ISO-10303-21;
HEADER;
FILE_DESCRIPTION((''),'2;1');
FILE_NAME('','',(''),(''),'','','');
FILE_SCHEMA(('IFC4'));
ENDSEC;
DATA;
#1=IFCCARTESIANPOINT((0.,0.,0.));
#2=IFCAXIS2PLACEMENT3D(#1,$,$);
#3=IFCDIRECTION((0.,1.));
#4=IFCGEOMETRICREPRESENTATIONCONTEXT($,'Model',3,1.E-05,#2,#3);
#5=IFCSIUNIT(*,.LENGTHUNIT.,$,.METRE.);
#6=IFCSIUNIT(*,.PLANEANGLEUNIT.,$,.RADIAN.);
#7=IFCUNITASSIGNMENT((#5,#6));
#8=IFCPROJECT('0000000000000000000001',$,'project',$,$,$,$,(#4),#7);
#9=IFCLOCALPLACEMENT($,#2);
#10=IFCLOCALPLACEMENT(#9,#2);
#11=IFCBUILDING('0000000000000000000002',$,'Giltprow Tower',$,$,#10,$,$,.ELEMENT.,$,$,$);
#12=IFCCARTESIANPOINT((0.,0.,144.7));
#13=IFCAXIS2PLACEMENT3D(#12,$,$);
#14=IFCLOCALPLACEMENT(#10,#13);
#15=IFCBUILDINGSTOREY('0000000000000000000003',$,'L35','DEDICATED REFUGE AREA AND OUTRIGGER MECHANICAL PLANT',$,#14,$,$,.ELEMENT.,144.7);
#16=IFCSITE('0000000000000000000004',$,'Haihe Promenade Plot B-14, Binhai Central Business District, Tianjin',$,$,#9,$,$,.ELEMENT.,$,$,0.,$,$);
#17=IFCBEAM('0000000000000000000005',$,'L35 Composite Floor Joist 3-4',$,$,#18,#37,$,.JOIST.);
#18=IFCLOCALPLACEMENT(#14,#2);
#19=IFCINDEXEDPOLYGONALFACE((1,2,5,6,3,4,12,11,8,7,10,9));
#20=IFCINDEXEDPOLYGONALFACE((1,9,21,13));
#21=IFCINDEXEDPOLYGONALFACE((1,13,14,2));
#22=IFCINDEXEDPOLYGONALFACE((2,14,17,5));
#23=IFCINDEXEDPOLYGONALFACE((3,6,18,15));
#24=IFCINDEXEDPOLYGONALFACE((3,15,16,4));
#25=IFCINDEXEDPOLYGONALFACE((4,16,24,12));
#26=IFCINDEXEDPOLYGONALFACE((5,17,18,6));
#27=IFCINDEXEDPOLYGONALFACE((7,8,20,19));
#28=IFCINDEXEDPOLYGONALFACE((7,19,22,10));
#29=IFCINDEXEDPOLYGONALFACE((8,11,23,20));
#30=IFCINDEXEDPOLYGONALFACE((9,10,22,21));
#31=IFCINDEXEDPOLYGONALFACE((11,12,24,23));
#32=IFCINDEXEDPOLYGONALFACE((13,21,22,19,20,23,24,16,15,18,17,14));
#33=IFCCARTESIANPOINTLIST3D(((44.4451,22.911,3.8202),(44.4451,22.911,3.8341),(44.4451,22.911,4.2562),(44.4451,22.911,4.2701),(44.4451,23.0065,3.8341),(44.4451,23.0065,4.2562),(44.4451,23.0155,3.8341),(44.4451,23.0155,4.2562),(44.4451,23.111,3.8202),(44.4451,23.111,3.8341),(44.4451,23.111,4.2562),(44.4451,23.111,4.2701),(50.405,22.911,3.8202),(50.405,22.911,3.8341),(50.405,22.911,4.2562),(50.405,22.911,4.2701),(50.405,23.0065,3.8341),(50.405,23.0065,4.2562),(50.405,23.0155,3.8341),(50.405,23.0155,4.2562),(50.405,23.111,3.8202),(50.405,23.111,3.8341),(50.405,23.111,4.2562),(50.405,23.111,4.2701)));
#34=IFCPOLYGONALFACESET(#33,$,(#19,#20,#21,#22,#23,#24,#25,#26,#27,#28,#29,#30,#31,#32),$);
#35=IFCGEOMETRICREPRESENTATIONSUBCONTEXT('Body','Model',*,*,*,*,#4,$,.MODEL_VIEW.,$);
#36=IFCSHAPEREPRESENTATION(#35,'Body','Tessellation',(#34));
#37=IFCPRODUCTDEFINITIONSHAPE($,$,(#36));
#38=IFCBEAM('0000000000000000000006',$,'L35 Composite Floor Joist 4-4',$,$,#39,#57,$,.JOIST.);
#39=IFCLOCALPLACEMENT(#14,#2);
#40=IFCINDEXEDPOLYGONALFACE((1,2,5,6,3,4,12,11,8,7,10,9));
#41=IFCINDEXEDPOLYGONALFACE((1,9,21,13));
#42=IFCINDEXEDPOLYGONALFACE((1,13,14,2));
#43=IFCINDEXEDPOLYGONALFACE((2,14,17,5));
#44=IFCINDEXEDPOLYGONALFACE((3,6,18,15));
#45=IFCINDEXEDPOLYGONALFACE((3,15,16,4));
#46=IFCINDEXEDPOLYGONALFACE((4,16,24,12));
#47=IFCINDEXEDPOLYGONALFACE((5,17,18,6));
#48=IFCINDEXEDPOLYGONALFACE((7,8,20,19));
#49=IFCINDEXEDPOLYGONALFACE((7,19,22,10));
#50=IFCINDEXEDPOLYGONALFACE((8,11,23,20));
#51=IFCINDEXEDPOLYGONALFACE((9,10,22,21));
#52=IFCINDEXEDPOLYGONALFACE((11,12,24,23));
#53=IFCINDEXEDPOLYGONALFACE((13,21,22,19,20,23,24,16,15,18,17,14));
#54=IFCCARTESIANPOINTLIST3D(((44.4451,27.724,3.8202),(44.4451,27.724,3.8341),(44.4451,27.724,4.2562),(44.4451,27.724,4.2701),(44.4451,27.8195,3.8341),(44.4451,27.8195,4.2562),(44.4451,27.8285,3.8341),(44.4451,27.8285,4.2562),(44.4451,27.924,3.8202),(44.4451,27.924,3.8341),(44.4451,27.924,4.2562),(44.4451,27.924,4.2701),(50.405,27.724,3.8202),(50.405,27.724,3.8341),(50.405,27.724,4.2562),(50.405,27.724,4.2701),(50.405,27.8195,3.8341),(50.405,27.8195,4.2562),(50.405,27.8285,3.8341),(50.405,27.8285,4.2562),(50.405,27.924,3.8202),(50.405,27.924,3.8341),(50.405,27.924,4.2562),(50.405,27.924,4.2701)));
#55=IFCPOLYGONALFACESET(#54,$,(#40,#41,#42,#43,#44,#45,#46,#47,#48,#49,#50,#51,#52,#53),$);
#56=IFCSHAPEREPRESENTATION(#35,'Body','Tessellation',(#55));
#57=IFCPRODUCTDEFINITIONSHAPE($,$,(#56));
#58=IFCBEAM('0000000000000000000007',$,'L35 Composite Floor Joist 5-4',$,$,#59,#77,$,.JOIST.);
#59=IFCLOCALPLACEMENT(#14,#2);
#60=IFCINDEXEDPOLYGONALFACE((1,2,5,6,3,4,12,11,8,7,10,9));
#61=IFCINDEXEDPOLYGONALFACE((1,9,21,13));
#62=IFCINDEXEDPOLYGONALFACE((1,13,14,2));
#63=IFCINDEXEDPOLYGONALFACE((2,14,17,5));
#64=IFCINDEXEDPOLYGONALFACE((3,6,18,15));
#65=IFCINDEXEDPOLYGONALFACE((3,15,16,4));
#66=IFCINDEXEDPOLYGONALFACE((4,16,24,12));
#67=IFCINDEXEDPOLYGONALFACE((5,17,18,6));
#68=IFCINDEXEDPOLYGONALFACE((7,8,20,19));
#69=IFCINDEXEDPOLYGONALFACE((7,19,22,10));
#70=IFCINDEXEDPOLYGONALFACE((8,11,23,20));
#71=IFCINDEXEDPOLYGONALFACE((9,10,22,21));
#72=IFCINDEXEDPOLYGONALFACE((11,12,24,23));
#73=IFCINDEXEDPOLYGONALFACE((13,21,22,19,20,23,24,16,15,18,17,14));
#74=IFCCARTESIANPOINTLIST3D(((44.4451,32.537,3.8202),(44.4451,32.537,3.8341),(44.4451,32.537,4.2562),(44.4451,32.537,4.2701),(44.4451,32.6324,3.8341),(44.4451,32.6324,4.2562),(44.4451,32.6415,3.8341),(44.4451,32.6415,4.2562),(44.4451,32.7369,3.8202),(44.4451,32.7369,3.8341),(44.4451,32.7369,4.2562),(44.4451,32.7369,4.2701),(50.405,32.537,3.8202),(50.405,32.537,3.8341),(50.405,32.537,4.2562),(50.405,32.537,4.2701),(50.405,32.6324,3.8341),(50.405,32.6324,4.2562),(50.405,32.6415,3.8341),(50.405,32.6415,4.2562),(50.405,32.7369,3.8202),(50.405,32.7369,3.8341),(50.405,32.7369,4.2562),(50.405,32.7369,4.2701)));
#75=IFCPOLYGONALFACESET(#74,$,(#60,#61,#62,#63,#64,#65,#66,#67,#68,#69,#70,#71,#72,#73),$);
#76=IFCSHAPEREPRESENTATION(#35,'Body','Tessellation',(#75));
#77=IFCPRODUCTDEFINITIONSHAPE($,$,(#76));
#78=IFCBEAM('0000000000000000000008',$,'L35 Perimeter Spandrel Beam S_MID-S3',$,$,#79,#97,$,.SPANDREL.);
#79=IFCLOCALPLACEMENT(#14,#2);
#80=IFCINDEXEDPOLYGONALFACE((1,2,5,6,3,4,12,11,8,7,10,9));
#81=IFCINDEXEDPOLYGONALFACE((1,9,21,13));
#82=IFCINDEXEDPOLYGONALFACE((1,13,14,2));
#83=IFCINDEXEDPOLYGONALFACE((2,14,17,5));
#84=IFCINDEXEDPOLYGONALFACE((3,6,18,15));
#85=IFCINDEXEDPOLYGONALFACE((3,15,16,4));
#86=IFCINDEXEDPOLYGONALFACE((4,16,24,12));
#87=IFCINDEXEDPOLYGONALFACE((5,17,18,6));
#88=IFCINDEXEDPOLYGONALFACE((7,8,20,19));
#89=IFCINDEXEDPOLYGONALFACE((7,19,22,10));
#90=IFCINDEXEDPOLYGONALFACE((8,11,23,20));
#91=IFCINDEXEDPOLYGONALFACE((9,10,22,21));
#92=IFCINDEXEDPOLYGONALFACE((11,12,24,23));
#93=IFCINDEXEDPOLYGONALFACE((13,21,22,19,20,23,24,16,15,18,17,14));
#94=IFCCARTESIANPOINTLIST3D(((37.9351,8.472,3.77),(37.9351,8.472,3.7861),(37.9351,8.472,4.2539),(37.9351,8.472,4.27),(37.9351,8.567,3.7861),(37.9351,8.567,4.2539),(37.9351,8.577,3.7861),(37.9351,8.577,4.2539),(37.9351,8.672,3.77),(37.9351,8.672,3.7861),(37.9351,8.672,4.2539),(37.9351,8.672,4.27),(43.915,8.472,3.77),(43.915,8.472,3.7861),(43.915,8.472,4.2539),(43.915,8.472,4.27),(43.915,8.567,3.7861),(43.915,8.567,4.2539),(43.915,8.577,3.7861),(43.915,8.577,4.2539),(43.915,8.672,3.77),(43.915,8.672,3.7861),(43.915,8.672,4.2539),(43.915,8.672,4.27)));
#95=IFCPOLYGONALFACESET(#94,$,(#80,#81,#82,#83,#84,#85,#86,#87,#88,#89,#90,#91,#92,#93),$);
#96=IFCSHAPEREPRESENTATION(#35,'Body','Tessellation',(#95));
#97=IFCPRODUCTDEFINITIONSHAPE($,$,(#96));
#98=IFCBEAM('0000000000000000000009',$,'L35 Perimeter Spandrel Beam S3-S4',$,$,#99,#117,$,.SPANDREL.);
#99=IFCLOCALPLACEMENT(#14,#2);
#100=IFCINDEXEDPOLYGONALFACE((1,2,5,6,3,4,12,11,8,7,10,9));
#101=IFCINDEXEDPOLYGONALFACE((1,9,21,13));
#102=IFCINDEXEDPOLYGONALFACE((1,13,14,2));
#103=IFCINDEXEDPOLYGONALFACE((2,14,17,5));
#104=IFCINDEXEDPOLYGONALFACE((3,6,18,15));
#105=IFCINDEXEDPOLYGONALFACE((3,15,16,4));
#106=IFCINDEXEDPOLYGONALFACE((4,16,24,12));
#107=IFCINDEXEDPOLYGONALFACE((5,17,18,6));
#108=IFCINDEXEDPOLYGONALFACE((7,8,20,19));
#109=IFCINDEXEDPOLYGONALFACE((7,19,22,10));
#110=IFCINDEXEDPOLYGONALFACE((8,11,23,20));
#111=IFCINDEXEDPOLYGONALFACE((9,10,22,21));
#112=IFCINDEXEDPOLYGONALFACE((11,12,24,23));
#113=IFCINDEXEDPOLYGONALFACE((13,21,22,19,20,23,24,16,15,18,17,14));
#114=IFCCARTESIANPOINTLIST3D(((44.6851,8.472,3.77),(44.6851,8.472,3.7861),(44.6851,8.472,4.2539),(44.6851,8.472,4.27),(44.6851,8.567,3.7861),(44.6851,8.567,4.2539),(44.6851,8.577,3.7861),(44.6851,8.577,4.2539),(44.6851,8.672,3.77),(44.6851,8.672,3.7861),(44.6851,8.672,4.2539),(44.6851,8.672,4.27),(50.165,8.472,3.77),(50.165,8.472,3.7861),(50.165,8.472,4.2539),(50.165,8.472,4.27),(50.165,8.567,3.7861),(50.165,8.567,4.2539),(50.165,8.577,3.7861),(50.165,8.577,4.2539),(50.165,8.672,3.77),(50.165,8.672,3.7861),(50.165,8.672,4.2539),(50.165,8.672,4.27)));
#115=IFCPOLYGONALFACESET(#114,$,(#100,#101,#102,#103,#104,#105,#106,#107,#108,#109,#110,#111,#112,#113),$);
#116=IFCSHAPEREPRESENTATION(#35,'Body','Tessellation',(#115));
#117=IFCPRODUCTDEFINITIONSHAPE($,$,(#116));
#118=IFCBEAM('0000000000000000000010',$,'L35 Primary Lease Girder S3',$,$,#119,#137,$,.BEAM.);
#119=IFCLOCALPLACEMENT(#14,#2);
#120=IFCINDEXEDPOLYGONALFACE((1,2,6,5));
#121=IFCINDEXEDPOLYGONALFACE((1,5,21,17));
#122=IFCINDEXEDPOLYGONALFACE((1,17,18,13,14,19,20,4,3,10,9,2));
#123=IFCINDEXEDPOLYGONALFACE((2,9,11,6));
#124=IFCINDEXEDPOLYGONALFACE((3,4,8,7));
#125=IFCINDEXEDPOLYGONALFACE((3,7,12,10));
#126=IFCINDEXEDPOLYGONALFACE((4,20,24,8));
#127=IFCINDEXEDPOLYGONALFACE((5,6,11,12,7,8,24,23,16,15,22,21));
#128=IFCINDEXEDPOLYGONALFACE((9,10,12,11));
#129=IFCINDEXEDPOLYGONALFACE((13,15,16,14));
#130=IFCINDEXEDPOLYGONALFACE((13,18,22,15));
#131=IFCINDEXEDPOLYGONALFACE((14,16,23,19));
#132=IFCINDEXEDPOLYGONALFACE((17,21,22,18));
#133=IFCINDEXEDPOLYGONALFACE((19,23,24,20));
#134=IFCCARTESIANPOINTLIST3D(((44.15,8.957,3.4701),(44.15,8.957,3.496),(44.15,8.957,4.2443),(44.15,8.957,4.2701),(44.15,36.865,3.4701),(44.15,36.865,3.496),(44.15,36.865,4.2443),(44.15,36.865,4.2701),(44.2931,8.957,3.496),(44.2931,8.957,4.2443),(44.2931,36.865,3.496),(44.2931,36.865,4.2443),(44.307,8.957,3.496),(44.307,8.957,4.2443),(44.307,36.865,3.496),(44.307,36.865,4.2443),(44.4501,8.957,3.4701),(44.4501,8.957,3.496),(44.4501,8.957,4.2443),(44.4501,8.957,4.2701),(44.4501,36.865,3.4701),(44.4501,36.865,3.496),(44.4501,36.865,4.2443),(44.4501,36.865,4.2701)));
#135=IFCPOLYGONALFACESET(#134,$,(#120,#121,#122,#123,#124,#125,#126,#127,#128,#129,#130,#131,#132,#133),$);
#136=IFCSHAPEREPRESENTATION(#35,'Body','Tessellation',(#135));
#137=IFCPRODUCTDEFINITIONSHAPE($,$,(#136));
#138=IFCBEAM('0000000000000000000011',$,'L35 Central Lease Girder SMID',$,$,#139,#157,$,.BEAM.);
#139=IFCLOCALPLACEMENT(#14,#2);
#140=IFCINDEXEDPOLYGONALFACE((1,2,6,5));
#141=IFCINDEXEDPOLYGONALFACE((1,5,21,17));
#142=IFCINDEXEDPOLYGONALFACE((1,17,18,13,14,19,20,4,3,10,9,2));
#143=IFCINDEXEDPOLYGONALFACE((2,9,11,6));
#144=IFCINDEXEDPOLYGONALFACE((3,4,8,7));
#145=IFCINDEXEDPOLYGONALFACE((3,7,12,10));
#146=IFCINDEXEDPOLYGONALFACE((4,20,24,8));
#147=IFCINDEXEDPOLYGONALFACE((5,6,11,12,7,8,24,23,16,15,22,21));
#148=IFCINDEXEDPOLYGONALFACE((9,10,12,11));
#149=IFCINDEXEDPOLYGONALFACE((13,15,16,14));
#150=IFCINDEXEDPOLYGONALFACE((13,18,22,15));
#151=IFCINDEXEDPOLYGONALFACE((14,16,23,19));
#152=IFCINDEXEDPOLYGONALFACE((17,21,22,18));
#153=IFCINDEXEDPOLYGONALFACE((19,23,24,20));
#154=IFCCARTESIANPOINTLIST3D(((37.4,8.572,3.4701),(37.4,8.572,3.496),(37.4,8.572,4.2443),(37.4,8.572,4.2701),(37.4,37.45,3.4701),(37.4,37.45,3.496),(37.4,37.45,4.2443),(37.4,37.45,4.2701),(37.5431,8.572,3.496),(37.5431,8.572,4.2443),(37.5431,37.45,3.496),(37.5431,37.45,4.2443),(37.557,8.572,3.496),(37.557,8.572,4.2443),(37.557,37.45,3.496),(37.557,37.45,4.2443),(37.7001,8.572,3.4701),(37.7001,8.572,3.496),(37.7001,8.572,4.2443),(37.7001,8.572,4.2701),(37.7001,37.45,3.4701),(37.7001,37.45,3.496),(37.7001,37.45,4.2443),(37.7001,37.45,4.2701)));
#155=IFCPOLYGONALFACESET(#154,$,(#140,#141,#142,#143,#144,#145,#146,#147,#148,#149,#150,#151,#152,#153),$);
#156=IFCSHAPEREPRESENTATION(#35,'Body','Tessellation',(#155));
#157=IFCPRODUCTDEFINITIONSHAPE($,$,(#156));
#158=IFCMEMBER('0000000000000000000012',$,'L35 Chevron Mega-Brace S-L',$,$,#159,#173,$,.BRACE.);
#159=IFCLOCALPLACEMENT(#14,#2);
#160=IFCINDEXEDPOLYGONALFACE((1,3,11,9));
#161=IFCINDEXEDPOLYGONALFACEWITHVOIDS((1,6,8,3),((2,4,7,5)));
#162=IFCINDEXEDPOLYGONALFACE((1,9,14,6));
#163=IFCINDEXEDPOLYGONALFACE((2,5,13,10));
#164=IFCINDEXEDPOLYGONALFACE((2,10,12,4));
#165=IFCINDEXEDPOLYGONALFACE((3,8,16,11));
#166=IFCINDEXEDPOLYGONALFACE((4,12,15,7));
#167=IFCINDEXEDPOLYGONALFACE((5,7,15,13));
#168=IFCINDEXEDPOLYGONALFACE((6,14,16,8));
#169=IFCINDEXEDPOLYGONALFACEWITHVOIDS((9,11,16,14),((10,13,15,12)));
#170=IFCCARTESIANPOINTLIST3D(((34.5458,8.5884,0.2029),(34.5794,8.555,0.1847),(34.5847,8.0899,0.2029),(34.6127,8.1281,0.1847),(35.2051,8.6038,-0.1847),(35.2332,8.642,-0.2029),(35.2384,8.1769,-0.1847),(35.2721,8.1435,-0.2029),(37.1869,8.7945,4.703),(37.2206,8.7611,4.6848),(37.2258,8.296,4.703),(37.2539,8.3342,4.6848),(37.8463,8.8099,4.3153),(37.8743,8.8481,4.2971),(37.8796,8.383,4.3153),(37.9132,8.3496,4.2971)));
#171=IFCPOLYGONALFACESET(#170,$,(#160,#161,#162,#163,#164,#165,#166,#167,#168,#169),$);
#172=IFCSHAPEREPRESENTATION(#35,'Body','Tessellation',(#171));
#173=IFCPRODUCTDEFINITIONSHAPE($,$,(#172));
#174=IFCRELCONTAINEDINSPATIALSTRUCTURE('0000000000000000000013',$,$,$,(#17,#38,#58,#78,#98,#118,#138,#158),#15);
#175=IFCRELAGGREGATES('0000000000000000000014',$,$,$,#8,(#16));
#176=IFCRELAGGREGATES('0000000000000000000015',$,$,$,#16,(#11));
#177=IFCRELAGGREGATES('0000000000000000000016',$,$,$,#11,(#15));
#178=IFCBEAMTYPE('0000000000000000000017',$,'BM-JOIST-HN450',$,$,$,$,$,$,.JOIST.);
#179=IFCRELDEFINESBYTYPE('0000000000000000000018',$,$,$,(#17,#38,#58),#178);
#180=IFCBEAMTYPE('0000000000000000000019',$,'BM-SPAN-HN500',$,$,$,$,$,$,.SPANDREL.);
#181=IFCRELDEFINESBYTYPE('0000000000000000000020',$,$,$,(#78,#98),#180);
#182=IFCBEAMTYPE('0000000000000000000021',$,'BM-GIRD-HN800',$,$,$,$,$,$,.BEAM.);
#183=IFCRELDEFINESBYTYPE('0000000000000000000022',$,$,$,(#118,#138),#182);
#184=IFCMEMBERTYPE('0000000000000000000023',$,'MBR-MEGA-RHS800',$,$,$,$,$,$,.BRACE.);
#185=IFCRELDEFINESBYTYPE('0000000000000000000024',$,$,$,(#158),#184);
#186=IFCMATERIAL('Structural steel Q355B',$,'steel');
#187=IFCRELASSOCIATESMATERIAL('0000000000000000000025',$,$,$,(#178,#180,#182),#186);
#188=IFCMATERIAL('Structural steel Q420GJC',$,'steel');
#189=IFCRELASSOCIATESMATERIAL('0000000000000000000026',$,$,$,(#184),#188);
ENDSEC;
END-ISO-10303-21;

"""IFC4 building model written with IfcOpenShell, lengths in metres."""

from ifc_helpers import new_model, si_unit, direction, frame, origin, origin_2d, place, context, subcontext, project, spatial, hollow_rectangle, i_section, extrude, source, transform, mapped, material, material_profile, profile_set, type_object, element, save


model = new_model("IFC4")

# Units and contexts
model_context = context("Model", 3, precision=1e-05, world=origin(), true_north=direction((0.0, 1.0)))
body_context = subcontext(model_context, "Body", "Model", "MODEL_VIEW")
ifc_project = project(units=[si_unit("LENGTHUNIT", "METRE"), si_unit("PLANEANGLEUNIT", "RADIAN")], contexts=[model_context])

# Site, building, storey
site_placement = place(None, origin())
site = spatial("IfcSite", under=ifc_project, at=site_placement, Name="Haihe Promenade Plot B-14, Binhai Central Business District, Tianjin", CompositionType="ELEMENT", RefElevation=0.0)
building_placement = place(site_placement, origin())
building = spatial("IfcBuilding", under=site, at=building_placement, Name="Giltprow Tower", CompositionType="ELEMENT")
storey_placement = place(building_placement, frame((0.0, 0.0, 144.7)))
storey = spatial("IfcBuildingStorey", under=building, at=storey_placement, Name="L35", Description="DEDICATED REFUGE AREA AND OUTRIGGER MECHANICAL PLANT", CompositionType="ELEMENT", Elevation=144.7)

# Shared definitions
ifc_material_1 = material(Name="Structural steel Q420GJC", Category="steel")

# Beams
ifc_material_2 = material(Name="Structural steel Q355B", Category="steel")
ifc_material_profile_1 = material_profile(ifc_material_2, i_section(OverallWidth=0.2, OverallDepth=0.45, WebThickness=0.009, FlangeThickness=0.0139, at=origin_2d()), Name="HN 450x200x9x14")
ifc_profile_set_1 = profile_set([ifc_material_profile_1], Name="Structural steel Q355B")
beam_type_1 = type_object("IfcBeamType", Name="BM-JOIST-HN450", PredefinedType="JOIST", material=ifc_profile_set_1)
shared_shape_1 = source(origin(), body_context, "Body", "SweptSolid", [
    extrude(i_section(OverallWidth=0.2, OverallDepth=0.45, WebThickness=0.009, FlangeThickness=0.0139, at=origin_2d()), origin(), (0.0, 0.0, 1.0), 5.96),
])
for number, where, z_axis, x_axis, name in (
    (1, (44.4451, 23.011, 4.0452), (1.0, 0.0, 0.0), (0.0, 1.0, 0.0), "L35 Composite Floor Joist 3-4"),
    (2, (44.4451, 27.824, 4.0452), (1.0, 0.0, 0.0), (0.0, 1.0, 0.0), "L35 Composite Floor Joist 4-4"),
    (3, (44.4451, 32.637, 4.0452), (1.0, 0.0, 0.0), (0.0, 1.0, 0.0), "L35 Composite Floor Joist 5-4"),
):
    element("IfcBeam", number, at=place(storey_placement, frame(where, z_axis=z_axis, x_axis=x_axis)), inside=storey, type_object=beam_type_1, Name=name, PredefinedType="JOIST", context=body_context, shape_type="MappedRepresentation", body=[
        mapped(shared_shape_1, transform((0.0, 0.0, 0.0), x_axis=(1.0, 0.0, 0.0), y_axis=(0.0, 1.0, 0.0), z_axis=(0.0, 0.0, 1.0), scale=1.0)),
    ])
ifc_material_profile_2 = material_profile(ifc_material_2, i_section(OverallWidth=0.2, OverallDepth=0.5, WebThickness=0.01, FlangeThickness=0.0161, at=origin_2d()), Name="HN 500x200x10x16")
ifc_profile_set_2 = profile_set([ifc_material_profile_2], Name="Structural steel Q355B")
beam_type_2 = type_object("IfcBeamType", Name="BM-SPAN-HN500", PredefinedType="SPANDREL", material=ifc_profile_set_2)
shared_shape_2 = source(origin(), body_context, "Body", "SweptSolid", [
    extrude(i_section(OverallWidth=0.2, OverallDepth=0.5, WebThickness=0.01, FlangeThickness=0.0161, at=origin_2d()), origin(), (0.0, 0.0, 1.0), 5.98),
])
beam_1_placement = place(storey_placement, frame((37.9351, 8.572, 4.02), z_axis=(1.0, 0.0, 0.0), x_axis=(0.0, 1.0, 0.0)))
element("IfcBeam", 4, at=beam_1_placement, inside=storey, type_object=beam_type_2, Name="L35 Perimeter Spandrel Beam S_MID-S3", PredefinedType="SPANDREL", context=body_context, shape_type="MappedRepresentation", body=[
    mapped(shared_shape_2, transform((0.0, 0.0, 0.0), x_axis=(1.0, 0.0, 0.0), y_axis=(0.0, 1.0, 0.0), z_axis=(0.0, 0.0, 1.0), scale=1.0)),
])
shared_shape_3 = source(origin(), body_context, "Body", "SweptSolid", [
    extrude(i_section(OverallWidth=0.2, OverallDepth=0.5, WebThickness=0.01, FlangeThickness=0.0161, at=origin_2d()), origin(), (0.0, 0.0, 1.0), 5.48),
])
beam_2_placement = place(storey_placement, frame((44.6851, 8.572, 4.02), z_axis=(1.0, 0.0, 0.0), x_axis=(0.0, 1.0, 0.0)))
element("IfcBeam", 5, at=beam_2_placement, inside=storey, type_object=beam_type_2, Name="L35 Perimeter Spandrel Beam S3-S4", PredefinedType="SPANDREL", context=body_context, shape_type="MappedRepresentation", body=[
    mapped(shared_shape_3, transform((0.0, 0.0, 0.0), x_axis=(1.0, 0.0, 0.0), y_axis=(0.0, 1.0, 0.0), z_axis=(0.0, 0.0, 1.0), scale=1.0)),
])
ifc_material_profile_3 = material_profile(ifc_material_2, i_section(OverallWidth=0.3, OverallDepth=0.8, WebThickness=0.0139, FlangeThickness=0.0259, at=origin_2d()), Name="HN 800x300x14x26")
ifc_profile_set_3 = profile_set([ifc_material_profile_3], Name="Structural steel Q355B")
beam_type_3 = type_object("IfcBeamType", Name="BM-GIRD-HN800", PredefinedType="BEAM", material=ifc_profile_set_3)
shared_shape_4 = source(origin(), body_context, "Body", "SweptSolid", [
    extrude(i_section(OverallWidth=0.3, OverallDepth=0.8, WebThickness=0.0139, FlangeThickness=0.0259, at=origin_2d()), origin(), (0.0, 0.0, 1.0), 27.908),
])
beam_3_placement = place(storey_placement, frame((44.3, 8.957, 3.8701), z_axis=(0.0, 1.0, 0.0), x_axis=(-1.0, 0.0, 0.0)))
element("IfcBeam", 6, at=beam_3_placement, inside=storey, type_object=beam_type_3, Name="L35 Primary Lease Girder S3", PredefinedType="BEAM", context=body_context, shape_type="MappedRepresentation", body=[
    mapped(shared_shape_4, transform((0.0, 0.0, 0.0), x_axis=(1.0, 0.0, 0.0), y_axis=(0.0, 1.0, 0.0), z_axis=(0.0, 0.0, 1.0), scale=1.0)),
])
shared_shape_5 = source(origin(), body_context, "Body", "SweptSolid", [
    extrude(i_section(OverallWidth=0.3, OverallDepth=0.8, WebThickness=0.0139, FlangeThickness=0.0259, at=origin_2d()), origin(), (0.0, 0.0, 1.0), 28.8779),
])
beam_4_placement = place(storey_placement, frame((37.55, 8.572, 3.8701), z_axis=(0.0, 1.0, 0.0), x_axis=(-1.0, 0.0, 0.0)))
element("IfcBeam", 7, at=beam_4_placement, inside=storey, type_object=beam_type_3, Name="L35 Central Lease Girder SMID", PredefinedType="BEAM", context=body_context, shape_type="MappedRepresentation", body=[
    mapped(shared_shape_5, transform((0.0, 0.0, 0.0), x_axis=(1.0, 0.0, 0.0), y_axis=(0.0, 1.0, 0.0), z_axis=(0.0, 0.0, 1.0), scale=1.0)),
])

# Member
ifc_material_profile_4 = material_profile(ifc_material_1, hollow_rectangle(XDim=0.5, YDim=0.8, WallThickness=0.0359, at=origin_2d()), Name="RHS 800x500x36")
ifc_profile_set_4 = profile_set([ifc_material_profile_4], Name="Structural steel Q420GJC")
member_type = type_object("IfcMemberType", Name="MBR-MEGA-RHS800", PredefinedType="BRACE", material=ifc_profile_set_4)
shared_shape_6 = source(origin(), body_context, "Body", "SweptSolid", [
    extrude(hollow_rectangle(XDim=0.5, YDim=0.8, WallThickness=0.0359, at=origin_2d()), origin(), (0.0, 0.0, 1.0), 5.2219),
])
member_1_placement = place(storey_placement, frame((34.9089, 8.366, 0.0), z_axis=(0.505779, 0.03946, 0.86176), x_axis=(-0.077782, 0.99697, 0.0)))
element("IfcMember", 8, at=member_1_placement, inside=storey, type_object=member_type, Name="L35 Chevron Mega-Brace S-L", PredefinedType="BRACE", context=body_context, shape_type="MappedRepresentation", body=[
    mapped(shared_shape_6, transform((0.0, 0.0, 0.0), x_axis=(1.0, 0.0, 0.0), y_axis=(0.0, 1.0, 0.0), z_axis=(0.0, 0.0, 1.0), scale=1.0)),
])

save(model, "model.ifc")
